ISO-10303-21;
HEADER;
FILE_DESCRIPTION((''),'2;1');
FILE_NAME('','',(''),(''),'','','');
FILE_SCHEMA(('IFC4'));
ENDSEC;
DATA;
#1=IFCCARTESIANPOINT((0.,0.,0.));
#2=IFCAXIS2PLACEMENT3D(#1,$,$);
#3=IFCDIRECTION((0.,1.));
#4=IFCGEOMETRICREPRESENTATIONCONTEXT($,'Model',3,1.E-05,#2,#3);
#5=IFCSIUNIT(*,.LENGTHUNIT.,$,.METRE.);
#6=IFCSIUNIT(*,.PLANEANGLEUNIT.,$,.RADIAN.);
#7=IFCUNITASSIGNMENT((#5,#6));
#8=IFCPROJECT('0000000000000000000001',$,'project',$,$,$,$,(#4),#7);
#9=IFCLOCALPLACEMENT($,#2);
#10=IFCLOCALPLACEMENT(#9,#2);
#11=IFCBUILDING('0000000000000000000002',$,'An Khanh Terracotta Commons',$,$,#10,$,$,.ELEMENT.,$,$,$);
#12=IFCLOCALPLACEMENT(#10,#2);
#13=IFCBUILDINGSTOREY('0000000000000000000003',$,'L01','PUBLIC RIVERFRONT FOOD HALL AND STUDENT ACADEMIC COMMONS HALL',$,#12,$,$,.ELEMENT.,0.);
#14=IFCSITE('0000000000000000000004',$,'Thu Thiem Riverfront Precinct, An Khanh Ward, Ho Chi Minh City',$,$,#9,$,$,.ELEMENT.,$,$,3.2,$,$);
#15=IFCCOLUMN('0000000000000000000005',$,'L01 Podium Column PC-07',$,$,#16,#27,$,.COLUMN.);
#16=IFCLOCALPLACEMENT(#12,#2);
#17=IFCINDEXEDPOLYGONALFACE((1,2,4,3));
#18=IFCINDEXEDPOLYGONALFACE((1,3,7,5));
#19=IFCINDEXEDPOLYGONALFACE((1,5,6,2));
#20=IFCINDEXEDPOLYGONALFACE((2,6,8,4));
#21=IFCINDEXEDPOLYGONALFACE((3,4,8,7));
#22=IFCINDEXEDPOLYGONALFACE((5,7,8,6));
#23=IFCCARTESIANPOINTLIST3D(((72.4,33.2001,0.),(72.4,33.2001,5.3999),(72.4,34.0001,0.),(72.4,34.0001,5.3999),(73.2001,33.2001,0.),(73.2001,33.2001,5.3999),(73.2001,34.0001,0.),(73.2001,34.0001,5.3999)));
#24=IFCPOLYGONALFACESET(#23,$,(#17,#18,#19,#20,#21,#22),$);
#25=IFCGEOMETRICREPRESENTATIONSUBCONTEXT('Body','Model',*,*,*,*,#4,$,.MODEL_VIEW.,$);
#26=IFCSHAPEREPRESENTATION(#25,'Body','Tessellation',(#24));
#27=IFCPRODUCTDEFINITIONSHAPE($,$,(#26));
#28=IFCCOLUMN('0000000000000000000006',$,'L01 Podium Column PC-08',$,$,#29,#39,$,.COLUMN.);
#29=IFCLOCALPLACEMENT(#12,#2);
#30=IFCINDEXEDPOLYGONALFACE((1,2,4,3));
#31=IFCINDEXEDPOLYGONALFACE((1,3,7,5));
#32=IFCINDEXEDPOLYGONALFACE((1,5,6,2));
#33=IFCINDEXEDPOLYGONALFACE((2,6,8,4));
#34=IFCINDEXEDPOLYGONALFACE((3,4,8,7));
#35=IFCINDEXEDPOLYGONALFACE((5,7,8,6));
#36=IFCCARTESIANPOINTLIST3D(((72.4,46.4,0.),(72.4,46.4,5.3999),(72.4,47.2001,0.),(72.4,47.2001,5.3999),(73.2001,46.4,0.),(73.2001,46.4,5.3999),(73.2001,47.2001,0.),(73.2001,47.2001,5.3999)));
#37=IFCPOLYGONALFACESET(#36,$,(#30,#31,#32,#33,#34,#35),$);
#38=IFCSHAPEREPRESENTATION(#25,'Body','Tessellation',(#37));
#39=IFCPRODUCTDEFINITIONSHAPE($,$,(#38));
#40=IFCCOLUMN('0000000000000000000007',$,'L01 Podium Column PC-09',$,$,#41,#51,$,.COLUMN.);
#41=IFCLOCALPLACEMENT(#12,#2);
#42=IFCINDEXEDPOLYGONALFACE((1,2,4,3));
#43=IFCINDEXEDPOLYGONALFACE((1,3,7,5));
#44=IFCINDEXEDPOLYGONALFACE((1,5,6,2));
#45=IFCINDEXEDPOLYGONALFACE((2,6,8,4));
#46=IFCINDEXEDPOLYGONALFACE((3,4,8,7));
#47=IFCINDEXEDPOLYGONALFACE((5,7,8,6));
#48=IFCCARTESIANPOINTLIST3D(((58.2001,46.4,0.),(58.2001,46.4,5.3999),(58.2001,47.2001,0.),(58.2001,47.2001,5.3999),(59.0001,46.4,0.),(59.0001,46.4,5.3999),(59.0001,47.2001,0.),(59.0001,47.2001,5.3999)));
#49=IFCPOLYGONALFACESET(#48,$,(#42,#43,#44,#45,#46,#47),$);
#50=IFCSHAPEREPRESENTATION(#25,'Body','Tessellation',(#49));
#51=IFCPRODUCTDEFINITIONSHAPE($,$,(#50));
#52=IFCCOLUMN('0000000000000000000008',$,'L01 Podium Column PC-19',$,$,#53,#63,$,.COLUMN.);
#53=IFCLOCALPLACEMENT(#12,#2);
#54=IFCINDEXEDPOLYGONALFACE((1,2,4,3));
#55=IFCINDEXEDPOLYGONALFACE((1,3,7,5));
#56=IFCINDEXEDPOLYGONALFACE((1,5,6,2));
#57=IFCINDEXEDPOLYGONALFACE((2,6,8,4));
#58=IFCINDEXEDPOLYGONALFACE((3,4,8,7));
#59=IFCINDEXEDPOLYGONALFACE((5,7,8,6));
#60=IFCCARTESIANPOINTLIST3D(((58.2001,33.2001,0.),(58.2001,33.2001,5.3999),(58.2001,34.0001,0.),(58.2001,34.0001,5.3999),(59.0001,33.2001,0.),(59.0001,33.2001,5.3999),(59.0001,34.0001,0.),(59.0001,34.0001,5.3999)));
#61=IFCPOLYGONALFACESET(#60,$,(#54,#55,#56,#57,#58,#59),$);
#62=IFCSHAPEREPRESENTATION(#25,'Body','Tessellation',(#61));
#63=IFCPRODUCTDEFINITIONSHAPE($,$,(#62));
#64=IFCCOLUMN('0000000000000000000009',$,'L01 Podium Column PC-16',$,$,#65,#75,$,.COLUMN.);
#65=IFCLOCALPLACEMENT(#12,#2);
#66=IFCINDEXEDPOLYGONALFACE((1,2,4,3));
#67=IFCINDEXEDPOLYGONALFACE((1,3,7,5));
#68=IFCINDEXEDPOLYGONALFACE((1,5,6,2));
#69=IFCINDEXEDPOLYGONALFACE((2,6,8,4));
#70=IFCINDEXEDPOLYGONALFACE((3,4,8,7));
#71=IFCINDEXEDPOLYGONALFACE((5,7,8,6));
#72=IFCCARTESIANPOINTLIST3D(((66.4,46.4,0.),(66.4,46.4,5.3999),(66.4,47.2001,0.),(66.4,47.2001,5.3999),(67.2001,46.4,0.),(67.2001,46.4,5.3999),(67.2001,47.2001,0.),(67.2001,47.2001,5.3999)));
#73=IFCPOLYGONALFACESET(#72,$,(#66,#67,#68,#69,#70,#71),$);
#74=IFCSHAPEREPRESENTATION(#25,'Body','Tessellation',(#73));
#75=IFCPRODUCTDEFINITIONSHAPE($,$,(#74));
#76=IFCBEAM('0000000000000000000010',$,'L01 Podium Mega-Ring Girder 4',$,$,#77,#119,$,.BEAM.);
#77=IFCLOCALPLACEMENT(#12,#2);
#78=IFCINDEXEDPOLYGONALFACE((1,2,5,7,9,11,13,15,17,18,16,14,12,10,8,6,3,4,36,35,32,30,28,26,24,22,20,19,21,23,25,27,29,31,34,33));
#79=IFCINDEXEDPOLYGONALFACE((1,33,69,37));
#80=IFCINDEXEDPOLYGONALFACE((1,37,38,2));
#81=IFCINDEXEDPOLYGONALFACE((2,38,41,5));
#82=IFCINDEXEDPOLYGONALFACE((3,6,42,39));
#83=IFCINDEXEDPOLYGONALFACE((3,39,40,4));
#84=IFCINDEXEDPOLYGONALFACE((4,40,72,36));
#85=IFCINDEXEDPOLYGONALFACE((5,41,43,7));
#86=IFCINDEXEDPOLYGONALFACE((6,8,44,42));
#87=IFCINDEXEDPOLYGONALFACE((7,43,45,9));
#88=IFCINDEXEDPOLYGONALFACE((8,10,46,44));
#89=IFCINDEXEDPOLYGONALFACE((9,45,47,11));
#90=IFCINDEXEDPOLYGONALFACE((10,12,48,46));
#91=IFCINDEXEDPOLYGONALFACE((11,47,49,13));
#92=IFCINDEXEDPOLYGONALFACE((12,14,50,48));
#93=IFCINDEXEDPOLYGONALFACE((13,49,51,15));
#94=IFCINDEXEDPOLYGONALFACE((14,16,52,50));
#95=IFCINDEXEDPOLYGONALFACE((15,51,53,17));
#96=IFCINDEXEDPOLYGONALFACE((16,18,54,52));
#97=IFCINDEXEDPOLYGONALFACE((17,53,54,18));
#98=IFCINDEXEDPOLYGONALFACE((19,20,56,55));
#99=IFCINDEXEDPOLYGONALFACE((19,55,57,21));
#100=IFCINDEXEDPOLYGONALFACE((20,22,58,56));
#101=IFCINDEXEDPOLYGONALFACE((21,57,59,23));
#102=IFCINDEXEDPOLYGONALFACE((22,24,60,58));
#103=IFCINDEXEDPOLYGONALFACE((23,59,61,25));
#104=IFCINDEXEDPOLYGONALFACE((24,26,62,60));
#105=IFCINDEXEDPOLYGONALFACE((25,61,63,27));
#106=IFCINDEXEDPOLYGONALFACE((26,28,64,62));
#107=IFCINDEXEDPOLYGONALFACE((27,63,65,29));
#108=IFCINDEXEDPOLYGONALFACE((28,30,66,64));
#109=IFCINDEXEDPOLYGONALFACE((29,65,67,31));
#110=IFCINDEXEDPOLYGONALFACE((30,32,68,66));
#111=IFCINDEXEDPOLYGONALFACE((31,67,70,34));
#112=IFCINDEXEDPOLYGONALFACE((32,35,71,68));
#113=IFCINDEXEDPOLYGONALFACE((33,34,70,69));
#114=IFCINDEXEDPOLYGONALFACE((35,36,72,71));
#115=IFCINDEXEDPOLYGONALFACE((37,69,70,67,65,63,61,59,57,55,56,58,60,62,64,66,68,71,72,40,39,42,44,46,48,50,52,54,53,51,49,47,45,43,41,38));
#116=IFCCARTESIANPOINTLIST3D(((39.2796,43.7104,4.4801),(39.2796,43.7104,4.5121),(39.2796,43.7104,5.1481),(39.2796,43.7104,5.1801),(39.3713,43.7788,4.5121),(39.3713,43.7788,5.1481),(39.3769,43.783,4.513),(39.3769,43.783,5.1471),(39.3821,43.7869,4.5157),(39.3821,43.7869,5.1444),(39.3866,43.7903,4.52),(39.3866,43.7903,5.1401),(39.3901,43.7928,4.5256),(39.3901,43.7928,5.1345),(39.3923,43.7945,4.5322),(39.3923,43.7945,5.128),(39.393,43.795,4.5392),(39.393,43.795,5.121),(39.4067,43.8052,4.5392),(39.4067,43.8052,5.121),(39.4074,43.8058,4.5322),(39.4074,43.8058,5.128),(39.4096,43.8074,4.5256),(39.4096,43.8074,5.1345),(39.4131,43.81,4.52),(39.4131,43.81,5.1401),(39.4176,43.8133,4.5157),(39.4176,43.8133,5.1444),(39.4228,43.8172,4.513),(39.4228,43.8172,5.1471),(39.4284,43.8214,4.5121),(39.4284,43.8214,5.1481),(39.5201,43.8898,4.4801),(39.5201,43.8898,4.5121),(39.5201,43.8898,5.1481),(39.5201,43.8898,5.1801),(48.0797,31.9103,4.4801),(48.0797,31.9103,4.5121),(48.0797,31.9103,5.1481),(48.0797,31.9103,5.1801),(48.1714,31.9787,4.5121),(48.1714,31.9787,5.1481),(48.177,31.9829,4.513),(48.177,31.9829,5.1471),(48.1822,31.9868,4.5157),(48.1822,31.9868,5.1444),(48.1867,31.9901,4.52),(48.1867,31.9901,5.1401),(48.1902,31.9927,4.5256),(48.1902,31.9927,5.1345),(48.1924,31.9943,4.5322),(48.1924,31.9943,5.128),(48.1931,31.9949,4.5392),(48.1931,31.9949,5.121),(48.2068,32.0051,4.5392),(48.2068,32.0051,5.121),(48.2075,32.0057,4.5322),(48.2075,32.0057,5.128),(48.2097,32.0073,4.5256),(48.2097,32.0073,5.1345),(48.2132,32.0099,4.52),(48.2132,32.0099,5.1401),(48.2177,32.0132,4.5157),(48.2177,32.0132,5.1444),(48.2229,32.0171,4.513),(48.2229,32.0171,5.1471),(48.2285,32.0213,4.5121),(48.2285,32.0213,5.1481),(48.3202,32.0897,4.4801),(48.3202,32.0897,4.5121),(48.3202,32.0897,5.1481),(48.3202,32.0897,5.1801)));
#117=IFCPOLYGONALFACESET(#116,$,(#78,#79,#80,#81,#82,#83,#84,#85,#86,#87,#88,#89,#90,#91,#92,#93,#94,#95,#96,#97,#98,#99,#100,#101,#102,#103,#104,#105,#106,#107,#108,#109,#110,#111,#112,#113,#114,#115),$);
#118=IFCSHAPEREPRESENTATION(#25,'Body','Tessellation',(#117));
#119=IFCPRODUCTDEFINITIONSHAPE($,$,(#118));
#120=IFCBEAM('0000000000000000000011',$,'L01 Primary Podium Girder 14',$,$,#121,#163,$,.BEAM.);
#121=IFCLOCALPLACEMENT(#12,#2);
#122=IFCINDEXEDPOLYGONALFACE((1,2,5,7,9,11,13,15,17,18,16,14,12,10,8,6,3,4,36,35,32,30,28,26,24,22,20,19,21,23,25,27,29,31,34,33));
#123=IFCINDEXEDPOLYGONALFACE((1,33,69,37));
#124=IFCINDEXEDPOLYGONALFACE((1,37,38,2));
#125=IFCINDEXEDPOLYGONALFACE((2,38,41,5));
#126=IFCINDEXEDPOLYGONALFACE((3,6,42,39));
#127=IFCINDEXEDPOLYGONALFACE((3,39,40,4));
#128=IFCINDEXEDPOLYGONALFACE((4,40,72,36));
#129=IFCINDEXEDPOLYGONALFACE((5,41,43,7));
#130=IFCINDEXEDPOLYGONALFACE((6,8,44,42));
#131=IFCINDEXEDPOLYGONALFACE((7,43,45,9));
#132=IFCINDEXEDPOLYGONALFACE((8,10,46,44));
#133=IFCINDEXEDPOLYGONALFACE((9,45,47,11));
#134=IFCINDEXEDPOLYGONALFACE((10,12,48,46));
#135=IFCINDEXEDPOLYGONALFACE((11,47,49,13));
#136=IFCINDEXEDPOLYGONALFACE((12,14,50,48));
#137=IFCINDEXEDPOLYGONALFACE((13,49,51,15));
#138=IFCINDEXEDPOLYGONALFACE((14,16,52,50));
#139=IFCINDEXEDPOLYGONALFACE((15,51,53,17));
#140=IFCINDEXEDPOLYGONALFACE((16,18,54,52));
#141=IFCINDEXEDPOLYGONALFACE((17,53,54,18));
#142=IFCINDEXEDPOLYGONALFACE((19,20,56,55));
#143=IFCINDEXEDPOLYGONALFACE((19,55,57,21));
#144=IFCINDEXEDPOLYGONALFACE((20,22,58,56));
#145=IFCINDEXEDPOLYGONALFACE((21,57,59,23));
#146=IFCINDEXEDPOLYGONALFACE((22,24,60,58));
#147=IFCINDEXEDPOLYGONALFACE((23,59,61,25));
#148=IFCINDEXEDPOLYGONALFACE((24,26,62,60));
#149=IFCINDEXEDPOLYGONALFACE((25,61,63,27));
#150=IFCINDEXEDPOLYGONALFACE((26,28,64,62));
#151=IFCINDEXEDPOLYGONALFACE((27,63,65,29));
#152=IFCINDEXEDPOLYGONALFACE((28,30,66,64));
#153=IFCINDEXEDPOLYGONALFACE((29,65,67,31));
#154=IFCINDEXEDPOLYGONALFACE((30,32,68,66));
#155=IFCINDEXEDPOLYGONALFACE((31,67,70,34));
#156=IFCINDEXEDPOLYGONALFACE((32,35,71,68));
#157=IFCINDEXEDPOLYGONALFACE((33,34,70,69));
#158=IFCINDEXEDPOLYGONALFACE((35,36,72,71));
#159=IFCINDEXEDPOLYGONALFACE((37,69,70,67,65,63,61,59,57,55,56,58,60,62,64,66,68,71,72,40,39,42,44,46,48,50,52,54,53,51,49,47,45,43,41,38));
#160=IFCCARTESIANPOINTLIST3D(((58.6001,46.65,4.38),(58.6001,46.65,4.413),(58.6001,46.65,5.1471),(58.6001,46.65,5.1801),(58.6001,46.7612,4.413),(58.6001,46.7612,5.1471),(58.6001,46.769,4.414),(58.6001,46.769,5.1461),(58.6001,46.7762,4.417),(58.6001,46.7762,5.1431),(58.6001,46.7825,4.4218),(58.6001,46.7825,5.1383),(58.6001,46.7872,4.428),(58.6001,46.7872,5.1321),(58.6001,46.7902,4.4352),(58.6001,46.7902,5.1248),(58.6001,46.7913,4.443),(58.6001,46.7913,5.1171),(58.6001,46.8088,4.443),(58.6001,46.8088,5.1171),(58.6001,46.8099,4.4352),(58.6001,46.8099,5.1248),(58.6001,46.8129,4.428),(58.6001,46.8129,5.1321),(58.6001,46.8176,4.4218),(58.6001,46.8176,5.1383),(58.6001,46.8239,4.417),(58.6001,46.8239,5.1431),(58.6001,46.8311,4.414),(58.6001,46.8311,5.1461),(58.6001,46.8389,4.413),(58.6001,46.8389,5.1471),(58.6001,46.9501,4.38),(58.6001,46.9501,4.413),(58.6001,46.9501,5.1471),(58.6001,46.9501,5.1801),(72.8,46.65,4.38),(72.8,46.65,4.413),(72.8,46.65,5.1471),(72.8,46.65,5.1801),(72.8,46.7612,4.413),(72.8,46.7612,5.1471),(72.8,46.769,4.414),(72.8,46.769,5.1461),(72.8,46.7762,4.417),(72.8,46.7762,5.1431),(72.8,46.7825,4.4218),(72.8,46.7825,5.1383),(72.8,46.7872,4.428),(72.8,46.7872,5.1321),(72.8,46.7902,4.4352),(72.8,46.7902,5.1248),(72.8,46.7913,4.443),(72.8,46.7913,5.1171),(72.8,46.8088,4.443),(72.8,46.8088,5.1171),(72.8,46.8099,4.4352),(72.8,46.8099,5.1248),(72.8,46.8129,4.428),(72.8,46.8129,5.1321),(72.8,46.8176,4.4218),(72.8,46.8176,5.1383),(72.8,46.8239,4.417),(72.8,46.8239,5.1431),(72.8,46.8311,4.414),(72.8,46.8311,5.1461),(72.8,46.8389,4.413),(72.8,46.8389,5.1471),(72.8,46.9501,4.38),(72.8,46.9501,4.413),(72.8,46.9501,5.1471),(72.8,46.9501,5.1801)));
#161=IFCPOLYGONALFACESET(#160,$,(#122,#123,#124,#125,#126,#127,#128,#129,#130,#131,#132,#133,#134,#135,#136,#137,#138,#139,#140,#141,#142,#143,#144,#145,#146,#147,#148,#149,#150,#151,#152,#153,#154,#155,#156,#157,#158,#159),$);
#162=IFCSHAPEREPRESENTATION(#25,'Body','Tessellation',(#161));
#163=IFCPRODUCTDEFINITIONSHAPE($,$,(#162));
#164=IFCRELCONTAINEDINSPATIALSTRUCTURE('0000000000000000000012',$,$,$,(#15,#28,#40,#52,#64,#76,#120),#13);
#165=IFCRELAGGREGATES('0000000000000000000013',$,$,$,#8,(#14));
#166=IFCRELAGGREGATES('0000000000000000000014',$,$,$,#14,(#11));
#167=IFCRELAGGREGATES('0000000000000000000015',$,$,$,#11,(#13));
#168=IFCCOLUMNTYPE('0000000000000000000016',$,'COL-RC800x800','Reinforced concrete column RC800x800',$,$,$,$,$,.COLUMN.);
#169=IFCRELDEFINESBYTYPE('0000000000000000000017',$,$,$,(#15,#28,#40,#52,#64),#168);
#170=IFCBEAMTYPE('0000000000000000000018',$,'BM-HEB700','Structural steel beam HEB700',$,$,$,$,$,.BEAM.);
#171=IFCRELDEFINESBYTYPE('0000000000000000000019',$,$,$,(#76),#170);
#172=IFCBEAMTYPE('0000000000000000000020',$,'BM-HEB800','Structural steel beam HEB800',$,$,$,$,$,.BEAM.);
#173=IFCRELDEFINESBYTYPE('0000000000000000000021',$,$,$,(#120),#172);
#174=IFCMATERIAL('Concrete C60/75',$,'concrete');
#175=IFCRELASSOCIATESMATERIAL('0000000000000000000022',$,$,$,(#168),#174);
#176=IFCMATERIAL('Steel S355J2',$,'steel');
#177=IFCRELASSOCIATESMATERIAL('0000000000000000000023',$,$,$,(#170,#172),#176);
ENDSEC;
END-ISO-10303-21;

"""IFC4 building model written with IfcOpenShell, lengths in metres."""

from ifc_helpers import new_model, si_unit, direction, frame, origin, origin_2d, place, context, subcontext, project, spatial, rectangle, i_section, extrude, material, material_profile, profile_set, type_object, element, save


model = new_model("IFC4")

# Units and contexts
model_context = context("Model", 3, precision=1e-05, world=origin(), true_north=direction((0.0, 1.0)))
body_context = subcontext(model_context, "Body", "Model", "MODEL_VIEW")
ifc_project = project(units=[si_unit("LENGTHUNIT", "METRE"), si_unit("PLANEANGLEUNIT", "RADIAN")], contexts=[model_context])

# Site, building, storey
site_placement = place(None, origin())
site = spatial("IfcSite", under=ifc_project, at=site_placement, Name="Thu Thiem Riverfront Precinct, An Khanh Ward, Ho Chi Minh City", CompositionType="ELEMENT", RefElevation=3.2)
building_placement = place(site_placement, origin())
building = spatial("IfcBuilding", under=site, at=building_placement, Name="An Khanh Terracotta Commons", CompositionType="ELEMENT")
storey_placement = place(building_placement, origin())
storey = spatial("IfcBuildingStorey", under=building, at=storey_placement, Name="L01", Description="PUBLIC RIVERFRONT FOOD HALL AND STUDENT ACADEMIC COMMONS HALL", CompositionType="ELEMENT", Elevation=0.0)

# Columns
ifc_material_1 = material(Name="Concrete C60/75", Category="concrete")
ifc_material_profile_1 = material_profile(ifc_material_1, rectangle(XDim=0.8, YDim=0.8, at=origin_2d()), Name="RC800x800")
ifc_profile_set_1 = profile_set([ifc_material_profile_1], Name="Concrete C60/75")
column_type = type_object("IfcColumnType", Name="COL-RC800x800", Description="Reinforced concrete column RC800x800", PredefinedType="COLUMN", material=ifc_profile_set_1)
for number, where, z_axis, x_axis, name in (
    (1, (72.8, 33.6001, 0.0), (0.0, 0.0, 1.0), (1.0, 0.0, 0.0), "L01 Podium Column PC-07"),
    (2, (72.8, 46.8, 0.0), (0.0, 0.0, 1.0), (1.0, 0.0, 0.0), "L01 Podium Column PC-08"),
    (3, (58.6001, 46.8, 0.0), (0.0, 0.0, 1.0), (1.0, 0.0, 0.0), "L01 Podium Column PC-09"),
    (4, (58.6001, 33.6001, 0.0), (0.0, 0.0, 1.0), (1.0, 0.0, 0.0), "L01 Podium Column PC-19"),
    (5, (66.8, 46.8, 0.0), (0.0, 0.0, 1.0), (1.0, 0.0, 0.0), "L01 Podium Column PC-16"),
):
    element("IfcColumn", number, at=place(storey_placement, frame(where, z_axis=z_axis, x_axis=x_axis)), inside=storey, type_object=column_type, Name=name, PredefinedType="COLUMN", context=body_context, shape_type="SweptSolid", body=[
        extrude(rectangle(XDim=0.8, YDim=0.8, at=origin_2d()), origin(), (0.0, 0.0, 1.0), 5.3999),
    ])

# Beams
ifc_material_2 = material(Name="Steel S355J2", Category="steel")
ifc_material_profile_2 = material_profile(ifc_material_2, i_section(OverallWidth=0.3, OverallDepth=0.7, WebThickness=0.0171, FlangeThickness=0.032, FilletRadius=0.0271, at=origin_2d()), Name="HEB700")
ifc_profile_set_2 = profile_set([ifc_material_profile_2], Name="Steel S355J2")
beam_type_1 = type_object("IfcBeamType", Name="BM-HEB700", Description="Structural steel beam HEB700", PredefinedType="BEAM", material=ifc_profile_set_2)
beam_1_placement = place(storey_placement, frame((48.2, 32.0, 4.8301), z_axis=(-0.597824, 0.801627, 0.0), x_axis=(-0.801627, -0.597824, 0.0)))
element("IfcBeam", 6, at=beam_1_placement, inside=storey, type_object=beam_type_1, Name="L01 Podium Mega-Ring Girder 4", PredefinedType="BEAM", context=body_context, shape_type="SweptSolid", body=[
    extrude(i_section(OverallWidth=0.3, OverallDepth=0.7, WebThickness=0.0171, FlangeThickness=0.032, FilletRadius=0.0271, at=origin_2d()), origin(), (0.0, 0.0, 1.0), 14.7202),
])
ifc_material_profile_3 = material_profile(ifc_material_2, i_section(OverallWidth=0.3, OverallDepth=0.8, WebThickness=0.0176, FlangeThickness=0.033, FilletRadius=0.03, at=origin_2d()), Name="HEB800")
ifc_profile_set_3 = profile_set([ifc_material_profile_3], Name="Steel S355J2")
beam_type_2 = type_object("IfcBeamType", Name="BM-HEB800", Description="Structural steel beam HEB800", PredefinedType="BEAM", material=ifc_profile_set_3)
beam_2_placement = place(storey_placement, frame((58.6001, 46.8, 4.78), z_axis=(1.0, 0.0, 0.0), x_axis=(0.0, 1.0, 0.0)))
element("IfcBeam", 7, at=beam_2_placement, inside=storey, type_object=beam_type_2, Name="L01 Primary Podium Girder 14", PredefinedType="BEAM", context=body_context, shape_type="SweptSolid", body=[
    extrude(i_section(OverallWidth=0.3, OverallDepth=0.8, WebThickness=0.0176, FlangeThickness=0.033, FilletRadius=0.03, at=origin_2d()), origin(), (0.0, 0.0, 1.0), 14.2),
])

save(model, "model.ifc")
